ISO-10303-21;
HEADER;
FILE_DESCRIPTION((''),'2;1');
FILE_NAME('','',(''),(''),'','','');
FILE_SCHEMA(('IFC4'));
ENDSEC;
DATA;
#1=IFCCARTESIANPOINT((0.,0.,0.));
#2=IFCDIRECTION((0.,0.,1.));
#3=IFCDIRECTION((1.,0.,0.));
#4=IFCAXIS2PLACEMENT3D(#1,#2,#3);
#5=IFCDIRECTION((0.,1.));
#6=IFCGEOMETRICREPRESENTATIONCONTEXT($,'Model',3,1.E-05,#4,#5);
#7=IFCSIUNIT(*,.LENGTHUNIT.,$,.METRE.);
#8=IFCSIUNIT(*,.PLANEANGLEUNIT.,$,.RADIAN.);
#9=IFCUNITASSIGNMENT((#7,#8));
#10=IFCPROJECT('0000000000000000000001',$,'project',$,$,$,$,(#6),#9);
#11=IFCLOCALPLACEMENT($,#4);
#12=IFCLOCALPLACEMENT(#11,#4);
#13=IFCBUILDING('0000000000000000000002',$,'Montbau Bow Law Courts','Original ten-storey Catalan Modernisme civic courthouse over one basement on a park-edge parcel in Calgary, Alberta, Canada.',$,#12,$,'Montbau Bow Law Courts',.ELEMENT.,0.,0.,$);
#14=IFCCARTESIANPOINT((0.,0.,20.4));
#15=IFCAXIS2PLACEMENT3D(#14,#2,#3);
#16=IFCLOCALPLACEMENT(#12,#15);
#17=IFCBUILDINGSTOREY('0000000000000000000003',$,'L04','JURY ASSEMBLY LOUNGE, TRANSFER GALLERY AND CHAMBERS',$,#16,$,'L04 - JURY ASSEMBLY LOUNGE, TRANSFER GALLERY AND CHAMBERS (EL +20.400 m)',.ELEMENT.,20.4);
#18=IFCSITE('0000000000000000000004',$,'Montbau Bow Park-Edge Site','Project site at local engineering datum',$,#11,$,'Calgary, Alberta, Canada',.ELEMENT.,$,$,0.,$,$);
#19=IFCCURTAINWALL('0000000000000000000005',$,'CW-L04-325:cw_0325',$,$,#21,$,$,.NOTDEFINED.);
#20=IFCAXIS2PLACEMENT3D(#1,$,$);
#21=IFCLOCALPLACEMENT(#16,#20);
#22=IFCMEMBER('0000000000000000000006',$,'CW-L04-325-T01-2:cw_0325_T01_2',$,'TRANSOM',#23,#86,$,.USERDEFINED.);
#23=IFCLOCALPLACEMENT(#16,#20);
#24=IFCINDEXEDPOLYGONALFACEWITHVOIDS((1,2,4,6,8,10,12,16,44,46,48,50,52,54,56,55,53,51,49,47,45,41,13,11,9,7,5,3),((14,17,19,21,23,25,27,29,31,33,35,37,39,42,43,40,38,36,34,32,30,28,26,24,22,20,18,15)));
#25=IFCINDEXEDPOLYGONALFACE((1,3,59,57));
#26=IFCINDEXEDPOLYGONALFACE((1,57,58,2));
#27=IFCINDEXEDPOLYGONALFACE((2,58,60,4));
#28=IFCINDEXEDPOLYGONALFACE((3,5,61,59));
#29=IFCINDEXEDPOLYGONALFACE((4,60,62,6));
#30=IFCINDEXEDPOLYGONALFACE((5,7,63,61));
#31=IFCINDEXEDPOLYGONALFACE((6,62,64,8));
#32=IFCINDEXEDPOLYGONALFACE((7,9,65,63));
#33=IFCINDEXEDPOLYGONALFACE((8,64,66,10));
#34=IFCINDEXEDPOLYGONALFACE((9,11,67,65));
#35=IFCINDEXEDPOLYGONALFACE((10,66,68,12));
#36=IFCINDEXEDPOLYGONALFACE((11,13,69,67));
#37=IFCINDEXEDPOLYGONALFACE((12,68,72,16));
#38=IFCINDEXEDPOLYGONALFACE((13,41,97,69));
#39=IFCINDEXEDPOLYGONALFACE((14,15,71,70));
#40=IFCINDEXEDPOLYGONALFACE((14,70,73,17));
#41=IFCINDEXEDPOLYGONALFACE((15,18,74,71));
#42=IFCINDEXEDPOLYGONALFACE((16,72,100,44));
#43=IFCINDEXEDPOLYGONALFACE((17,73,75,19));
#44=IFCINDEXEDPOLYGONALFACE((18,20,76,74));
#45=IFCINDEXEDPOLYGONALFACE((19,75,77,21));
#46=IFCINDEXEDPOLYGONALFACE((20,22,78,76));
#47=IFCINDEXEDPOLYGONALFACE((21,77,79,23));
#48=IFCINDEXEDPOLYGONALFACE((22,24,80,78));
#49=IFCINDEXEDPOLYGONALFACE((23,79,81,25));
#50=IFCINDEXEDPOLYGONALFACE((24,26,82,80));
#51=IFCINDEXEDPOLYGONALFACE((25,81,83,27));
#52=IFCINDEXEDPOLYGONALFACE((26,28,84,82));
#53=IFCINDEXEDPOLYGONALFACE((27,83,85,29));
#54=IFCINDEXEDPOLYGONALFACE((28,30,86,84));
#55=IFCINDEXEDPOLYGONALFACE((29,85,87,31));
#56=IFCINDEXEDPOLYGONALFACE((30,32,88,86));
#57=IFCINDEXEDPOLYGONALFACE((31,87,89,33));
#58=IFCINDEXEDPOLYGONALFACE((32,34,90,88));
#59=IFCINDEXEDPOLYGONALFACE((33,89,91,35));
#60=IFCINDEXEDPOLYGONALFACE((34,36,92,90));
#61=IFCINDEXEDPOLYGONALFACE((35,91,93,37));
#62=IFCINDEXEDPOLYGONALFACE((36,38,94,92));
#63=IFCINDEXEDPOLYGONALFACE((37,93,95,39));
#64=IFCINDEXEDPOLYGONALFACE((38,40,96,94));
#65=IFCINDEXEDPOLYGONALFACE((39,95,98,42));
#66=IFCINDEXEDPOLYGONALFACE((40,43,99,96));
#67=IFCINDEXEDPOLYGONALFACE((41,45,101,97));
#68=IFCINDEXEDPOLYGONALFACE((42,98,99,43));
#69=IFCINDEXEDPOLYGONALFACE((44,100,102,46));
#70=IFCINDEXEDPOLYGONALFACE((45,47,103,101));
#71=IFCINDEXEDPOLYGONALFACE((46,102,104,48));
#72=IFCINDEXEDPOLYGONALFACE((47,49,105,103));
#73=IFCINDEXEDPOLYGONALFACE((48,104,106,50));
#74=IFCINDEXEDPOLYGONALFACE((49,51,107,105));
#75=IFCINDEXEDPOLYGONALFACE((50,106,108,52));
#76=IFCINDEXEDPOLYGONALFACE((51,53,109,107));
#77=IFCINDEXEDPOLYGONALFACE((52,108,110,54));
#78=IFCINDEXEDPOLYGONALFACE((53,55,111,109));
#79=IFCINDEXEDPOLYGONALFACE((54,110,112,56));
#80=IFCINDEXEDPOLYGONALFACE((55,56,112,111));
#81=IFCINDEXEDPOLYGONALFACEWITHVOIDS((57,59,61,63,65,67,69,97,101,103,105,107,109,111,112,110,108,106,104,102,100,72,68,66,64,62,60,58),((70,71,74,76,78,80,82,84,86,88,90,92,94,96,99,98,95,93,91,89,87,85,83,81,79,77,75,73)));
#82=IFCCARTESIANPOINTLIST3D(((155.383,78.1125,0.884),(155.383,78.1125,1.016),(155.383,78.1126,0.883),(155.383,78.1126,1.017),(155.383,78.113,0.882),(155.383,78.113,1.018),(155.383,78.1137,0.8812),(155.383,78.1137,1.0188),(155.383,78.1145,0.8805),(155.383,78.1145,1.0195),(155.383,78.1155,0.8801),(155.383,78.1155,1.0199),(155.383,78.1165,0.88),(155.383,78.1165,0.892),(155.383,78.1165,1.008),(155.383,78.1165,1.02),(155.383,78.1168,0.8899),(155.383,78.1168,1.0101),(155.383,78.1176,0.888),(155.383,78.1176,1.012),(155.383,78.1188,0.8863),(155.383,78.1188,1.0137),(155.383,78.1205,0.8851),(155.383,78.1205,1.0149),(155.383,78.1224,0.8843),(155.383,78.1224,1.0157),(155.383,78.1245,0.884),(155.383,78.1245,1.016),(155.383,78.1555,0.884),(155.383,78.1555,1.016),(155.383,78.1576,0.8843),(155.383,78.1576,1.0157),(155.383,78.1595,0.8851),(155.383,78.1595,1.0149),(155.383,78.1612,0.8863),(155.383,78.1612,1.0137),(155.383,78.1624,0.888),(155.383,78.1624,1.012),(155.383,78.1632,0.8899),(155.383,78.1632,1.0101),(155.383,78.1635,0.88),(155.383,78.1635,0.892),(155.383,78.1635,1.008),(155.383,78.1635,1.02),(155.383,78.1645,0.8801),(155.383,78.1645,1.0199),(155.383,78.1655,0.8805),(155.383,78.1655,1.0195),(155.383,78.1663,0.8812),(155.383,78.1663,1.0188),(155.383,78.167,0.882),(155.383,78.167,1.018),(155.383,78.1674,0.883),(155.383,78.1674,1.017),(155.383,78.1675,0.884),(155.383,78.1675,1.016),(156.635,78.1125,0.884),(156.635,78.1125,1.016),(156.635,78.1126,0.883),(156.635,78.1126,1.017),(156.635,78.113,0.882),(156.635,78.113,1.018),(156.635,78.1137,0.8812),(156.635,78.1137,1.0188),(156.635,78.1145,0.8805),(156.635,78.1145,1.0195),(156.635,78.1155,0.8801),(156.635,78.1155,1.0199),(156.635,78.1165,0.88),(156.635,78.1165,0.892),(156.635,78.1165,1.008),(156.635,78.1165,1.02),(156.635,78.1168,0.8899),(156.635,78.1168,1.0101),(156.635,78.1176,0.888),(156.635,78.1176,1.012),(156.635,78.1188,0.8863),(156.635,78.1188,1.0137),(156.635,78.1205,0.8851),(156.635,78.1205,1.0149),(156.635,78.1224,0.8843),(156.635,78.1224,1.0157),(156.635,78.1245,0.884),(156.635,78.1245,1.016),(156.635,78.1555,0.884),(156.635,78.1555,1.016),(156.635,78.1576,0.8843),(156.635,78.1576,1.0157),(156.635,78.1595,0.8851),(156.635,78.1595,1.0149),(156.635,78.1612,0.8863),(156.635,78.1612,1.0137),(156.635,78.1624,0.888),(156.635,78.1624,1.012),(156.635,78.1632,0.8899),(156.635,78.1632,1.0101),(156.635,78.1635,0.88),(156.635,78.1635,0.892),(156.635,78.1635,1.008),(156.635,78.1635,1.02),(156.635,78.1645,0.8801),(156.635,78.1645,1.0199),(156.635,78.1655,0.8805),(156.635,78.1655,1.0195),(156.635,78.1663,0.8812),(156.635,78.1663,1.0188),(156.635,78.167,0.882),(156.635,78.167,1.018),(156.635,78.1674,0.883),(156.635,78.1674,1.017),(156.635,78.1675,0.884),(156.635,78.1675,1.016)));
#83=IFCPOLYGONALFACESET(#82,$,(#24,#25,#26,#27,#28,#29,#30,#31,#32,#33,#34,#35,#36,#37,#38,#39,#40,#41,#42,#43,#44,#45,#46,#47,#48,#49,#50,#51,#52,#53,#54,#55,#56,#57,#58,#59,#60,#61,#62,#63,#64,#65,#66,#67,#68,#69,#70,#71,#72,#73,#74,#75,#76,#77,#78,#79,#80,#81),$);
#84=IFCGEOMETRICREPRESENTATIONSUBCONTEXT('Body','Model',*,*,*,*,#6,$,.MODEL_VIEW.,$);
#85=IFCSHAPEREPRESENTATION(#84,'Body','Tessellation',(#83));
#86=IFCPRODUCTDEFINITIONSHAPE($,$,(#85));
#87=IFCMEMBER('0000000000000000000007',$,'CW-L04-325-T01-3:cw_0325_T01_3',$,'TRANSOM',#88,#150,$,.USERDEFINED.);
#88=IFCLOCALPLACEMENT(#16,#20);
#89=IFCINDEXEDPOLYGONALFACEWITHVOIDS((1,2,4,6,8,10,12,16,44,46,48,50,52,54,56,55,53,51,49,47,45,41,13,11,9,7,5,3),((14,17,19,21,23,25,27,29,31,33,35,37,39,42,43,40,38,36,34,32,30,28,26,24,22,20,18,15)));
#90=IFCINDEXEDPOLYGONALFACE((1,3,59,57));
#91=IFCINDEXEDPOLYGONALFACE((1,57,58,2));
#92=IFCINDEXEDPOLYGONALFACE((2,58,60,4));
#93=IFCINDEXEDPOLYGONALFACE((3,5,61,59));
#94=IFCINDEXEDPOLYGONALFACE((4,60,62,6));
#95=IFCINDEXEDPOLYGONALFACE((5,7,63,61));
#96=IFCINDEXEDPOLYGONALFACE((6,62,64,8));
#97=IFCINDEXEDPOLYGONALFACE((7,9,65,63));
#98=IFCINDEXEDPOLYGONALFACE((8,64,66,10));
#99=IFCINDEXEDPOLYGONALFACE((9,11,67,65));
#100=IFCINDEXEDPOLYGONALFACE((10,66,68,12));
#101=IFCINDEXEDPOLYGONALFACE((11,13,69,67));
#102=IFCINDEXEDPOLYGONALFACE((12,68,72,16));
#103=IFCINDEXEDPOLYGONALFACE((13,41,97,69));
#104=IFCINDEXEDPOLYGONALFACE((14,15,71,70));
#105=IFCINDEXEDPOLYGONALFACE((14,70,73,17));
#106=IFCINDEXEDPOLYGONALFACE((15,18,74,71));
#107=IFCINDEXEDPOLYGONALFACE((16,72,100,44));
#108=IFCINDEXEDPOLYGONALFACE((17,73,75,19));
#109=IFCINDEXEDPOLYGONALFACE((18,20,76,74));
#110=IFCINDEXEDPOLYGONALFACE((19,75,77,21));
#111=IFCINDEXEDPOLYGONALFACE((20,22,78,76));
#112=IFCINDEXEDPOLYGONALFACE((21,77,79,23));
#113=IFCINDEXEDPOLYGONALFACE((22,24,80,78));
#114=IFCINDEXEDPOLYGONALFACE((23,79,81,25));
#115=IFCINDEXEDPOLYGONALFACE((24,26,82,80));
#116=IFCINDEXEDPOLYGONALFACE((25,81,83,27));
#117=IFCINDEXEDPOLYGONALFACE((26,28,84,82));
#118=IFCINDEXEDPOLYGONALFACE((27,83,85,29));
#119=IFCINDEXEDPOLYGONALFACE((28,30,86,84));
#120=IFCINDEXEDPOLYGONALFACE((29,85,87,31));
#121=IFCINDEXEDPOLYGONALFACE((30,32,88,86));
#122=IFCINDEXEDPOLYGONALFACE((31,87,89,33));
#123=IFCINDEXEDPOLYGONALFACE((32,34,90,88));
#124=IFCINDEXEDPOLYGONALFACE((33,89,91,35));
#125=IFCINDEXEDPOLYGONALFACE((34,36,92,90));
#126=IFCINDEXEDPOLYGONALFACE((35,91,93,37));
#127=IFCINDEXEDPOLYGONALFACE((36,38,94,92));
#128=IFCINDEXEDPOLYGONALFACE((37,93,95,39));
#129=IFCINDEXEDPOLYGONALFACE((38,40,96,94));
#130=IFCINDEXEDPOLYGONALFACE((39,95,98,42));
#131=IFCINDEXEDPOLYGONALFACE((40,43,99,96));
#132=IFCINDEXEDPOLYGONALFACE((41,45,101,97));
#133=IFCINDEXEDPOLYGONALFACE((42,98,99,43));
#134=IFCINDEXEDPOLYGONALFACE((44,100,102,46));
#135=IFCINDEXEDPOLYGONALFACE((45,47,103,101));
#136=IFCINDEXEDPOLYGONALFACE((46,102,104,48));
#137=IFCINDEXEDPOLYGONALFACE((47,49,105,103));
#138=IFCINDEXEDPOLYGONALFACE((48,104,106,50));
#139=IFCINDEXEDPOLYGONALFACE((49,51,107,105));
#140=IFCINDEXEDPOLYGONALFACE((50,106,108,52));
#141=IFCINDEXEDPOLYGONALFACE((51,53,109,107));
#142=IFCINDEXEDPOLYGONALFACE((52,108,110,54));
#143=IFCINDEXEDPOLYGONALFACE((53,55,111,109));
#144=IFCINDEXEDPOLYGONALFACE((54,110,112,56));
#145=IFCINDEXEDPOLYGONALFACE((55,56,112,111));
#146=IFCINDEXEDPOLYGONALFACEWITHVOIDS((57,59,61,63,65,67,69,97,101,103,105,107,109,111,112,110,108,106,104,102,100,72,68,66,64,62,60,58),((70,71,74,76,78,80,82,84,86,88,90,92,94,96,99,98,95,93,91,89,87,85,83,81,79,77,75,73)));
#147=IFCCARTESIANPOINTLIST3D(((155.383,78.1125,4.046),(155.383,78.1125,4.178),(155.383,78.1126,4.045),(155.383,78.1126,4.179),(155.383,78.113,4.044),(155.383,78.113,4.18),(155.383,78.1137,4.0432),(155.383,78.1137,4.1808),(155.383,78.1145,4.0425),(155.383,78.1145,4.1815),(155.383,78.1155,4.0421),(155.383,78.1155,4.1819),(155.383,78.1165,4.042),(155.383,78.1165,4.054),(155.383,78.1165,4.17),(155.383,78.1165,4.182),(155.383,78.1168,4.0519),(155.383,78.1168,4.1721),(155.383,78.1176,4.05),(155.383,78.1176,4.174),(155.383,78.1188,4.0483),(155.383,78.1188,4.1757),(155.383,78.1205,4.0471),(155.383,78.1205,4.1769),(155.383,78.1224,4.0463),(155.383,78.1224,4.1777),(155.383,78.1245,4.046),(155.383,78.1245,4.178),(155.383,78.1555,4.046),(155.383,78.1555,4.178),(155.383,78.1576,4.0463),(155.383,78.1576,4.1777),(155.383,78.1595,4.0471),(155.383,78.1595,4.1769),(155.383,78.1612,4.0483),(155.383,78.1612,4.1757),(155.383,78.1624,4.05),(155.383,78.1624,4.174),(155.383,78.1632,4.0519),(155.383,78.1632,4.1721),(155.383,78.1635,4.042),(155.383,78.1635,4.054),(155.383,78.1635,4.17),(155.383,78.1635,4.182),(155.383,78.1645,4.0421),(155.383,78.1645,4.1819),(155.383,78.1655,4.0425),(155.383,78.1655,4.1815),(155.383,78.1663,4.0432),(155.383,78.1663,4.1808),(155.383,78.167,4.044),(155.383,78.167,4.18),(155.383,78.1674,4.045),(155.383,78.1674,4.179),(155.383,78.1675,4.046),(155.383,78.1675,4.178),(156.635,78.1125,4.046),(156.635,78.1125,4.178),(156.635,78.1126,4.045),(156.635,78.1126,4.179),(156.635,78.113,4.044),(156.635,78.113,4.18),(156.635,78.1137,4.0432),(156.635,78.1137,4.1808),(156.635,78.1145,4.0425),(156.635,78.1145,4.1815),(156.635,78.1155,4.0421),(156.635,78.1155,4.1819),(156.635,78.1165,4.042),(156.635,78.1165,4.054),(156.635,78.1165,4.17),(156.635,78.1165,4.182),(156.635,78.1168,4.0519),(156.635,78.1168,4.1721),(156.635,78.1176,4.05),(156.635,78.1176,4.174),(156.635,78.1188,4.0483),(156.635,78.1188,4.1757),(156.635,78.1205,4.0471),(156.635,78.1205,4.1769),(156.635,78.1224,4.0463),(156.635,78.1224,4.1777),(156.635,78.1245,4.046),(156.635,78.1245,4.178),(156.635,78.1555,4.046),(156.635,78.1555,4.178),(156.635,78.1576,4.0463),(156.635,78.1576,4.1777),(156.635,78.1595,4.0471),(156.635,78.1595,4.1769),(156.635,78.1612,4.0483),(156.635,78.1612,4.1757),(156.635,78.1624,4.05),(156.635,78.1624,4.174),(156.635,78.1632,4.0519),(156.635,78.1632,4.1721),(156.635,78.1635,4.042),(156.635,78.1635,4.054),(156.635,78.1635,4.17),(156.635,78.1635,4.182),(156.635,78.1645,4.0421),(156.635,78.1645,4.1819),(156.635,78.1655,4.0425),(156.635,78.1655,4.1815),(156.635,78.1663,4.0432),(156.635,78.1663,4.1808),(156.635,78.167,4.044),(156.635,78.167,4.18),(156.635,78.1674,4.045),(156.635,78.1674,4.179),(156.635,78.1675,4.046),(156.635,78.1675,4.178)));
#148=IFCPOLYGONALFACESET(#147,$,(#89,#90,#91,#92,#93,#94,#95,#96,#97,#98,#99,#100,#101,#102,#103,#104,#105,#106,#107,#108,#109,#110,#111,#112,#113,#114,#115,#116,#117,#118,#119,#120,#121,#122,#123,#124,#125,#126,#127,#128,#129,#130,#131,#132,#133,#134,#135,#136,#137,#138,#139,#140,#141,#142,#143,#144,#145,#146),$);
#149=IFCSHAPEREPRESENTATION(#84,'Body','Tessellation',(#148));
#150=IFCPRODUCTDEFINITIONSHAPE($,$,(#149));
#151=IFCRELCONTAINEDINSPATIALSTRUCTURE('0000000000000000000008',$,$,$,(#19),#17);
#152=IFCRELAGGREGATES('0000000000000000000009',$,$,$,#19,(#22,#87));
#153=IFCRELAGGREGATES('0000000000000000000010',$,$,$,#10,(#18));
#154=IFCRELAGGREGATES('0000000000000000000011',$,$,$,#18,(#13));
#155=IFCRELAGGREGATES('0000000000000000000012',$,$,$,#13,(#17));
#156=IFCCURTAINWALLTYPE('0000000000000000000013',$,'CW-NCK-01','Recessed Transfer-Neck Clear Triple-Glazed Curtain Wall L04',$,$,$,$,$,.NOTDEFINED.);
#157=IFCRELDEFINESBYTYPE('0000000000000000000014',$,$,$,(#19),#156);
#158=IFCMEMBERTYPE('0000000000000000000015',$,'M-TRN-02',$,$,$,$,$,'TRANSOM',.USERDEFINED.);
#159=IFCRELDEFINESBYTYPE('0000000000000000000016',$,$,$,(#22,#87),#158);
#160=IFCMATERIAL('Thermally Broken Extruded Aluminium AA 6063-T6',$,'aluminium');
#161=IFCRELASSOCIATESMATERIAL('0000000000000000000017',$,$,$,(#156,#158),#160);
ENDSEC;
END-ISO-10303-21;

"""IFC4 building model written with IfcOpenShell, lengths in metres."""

from ifc_helpers import new_model, si_unit, direction, frame, origin_with_axes, origin_2d_with_axis, place, context, subcontext, project, spatial, hollow_rectangle, extrude, material, material_profile, profile_set, type_object, element, aggregate, save


model = new_model("IFC4")

# Units and contexts
model_context = context("Model", 3, precision=1e-05, world=origin_with_axes(), true_north=direction((0.0, 1.0)))
body_context = subcontext(model_context, "Body", "Model", "MODEL_VIEW")
ifc_project = project(units=[si_unit("LENGTHUNIT", "METRE"), si_unit("PLANEANGLEUNIT", "RADIAN")], contexts=[model_context])

# Site, building, storey
site_placement = place(None, origin_with_axes())
site = spatial("IfcSite", under=ifc_project, at=site_placement, Name="Montbau Bow Park-Edge Site", Description="Project site at local engineering datum", LongName="Calgary, Alberta, Canada", CompositionType="ELEMENT", RefElevation=0.0)
building_placement = place(site_placement, origin_with_axes())
building = spatial("IfcBuilding", under=site, at=building_placement, Name="Montbau Bow Law Courts", Description="Original ten-storey Catalan Modernisme civic courthouse over one basement on a park-edge parcel in Calgary, Alberta, Canada.", LongName="Montbau Bow Law Courts", CompositionType="ELEMENT", ElevationOfRefHeight=0.0, ElevationOfTerrain=0.0)
storey_placement = place(building_placement, frame((0.0, 0.0, 20.4), z_axis=(0.0, 0.0, 1.0), x_axis=(1.0, 0.0, 0.0)))
storey = spatial("IfcBuildingStorey", under=building, at=storey_placement, Name="L04", Description="JURY ASSEMBLY LOUNGE, TRANSFER GALLERY AND CHAMBERS", LongName="L04 - JURY ASSEMBLY LOUNGE, TRANSFER GALLERY AND CHAMBERS (EL +20.400 m)", CompositionType="ELEMENT", Elevation=20.4)

# Curtain wall, members
ifc_material_1 = material(Name="Thermally Broken Extruded Aluminium AA 6063-T6", Category="aluminium")
curtain_wall_type = type_object("IfcCurtainWallType", Name="CW-NCK-01", Description="Recessed Transfer-Neck Clear Triple-Glazed Curtain Wall L04", PredefinedType="NOTDEFINED", material=ifc_material_1)
curtain_wall_placement = place(None, frame((155.315, 78.14, 20.4), z_axis=(0.0, 0.0, 1.0), x_axis=(1.0, 0.0, 0.0)))
curtain_wall = element("IfcCurtainWall", 1, at=curtain_wall_placement, inside=storey, type_object=curtain_wall_type, Name="CW-L04-325:cw_0325", PredefinedType="NOTDEFINED")
ifc_material_profile_1 = material_profile(ifc_material_1, hollow_rectangle(XDim=0.055, YDim=0.14, WallThickness=0.004, InnerFilletRadius=0.008, OuterFilletRadius=0.004, at=origin_2d_with_axis()), Name="CWT-140X55", Category="Main", Priority=0)
ifc_profile_set_1 = profile_set([ifc_material_profile_1], Name="Thermally Broken Extruded Aluminium AA 6063-T6")
member_type_1 = type_object("IfcMemberType", Name="M-TRN-02", ElementType="TRANSOM", PredefinedType="USERDEFINED", material=ifc_profile_set_1)
member_1_placement = place(None, frame((155.383, 78.14, 21.35), z_axis=(1.0, 0.0, 0.0), x_axis=(0.0, 1.0, 0.0)))
member_1 = element("IfcMember", 2, at=member_1_placement, type_object=member_type_1, Name="CW-L04-325-T01-2:cw_0325_T01_2", ObjectType="TRANSOM", PredefinedType="USERDEFINED", context=body_context, shape_type="SweptSolid", body=[
    extrude(hollow_rectangle(XDim=0.055, YDim=0.14, WallThickness=0.004, InnerFilletRadius=0.008, OuterFilletRadius=0.004, at=origin_2d_with_axis()), origin_with_axes(), (0.0, 0.0, 1.0), 1.252),
])
member_2_placement = place(None, frame((155.383, 78.14, 24.512), z_axis=(1.0, 0.0, 0.0), x_axis=(0.0, 1.0, 0.0)))
member_2 = element("IfcMember", 3, at=member_2_placement, type_object=member_type_1, Name="CW-L04-325-T01-3:cw_0325_T01_3", ObjectType="TRANSOM", PredefinedType="USERDEFINED", context=body_context, shape_type="SweptSolid", body=[
    extrude(hollow_rectangle(XDim=0.055, YDim=0.14, WallThickness=0.004, InnerFilletRadius=0.008, OuterFilletRadius=0.004, at=origin_2d_with_axis()), origin_with_axes(), (0.0, 0.0, 1.0), 1.252),
])
aggregate(curtain_wall, [member_1, member_2])

save(model, "model.ifc")
